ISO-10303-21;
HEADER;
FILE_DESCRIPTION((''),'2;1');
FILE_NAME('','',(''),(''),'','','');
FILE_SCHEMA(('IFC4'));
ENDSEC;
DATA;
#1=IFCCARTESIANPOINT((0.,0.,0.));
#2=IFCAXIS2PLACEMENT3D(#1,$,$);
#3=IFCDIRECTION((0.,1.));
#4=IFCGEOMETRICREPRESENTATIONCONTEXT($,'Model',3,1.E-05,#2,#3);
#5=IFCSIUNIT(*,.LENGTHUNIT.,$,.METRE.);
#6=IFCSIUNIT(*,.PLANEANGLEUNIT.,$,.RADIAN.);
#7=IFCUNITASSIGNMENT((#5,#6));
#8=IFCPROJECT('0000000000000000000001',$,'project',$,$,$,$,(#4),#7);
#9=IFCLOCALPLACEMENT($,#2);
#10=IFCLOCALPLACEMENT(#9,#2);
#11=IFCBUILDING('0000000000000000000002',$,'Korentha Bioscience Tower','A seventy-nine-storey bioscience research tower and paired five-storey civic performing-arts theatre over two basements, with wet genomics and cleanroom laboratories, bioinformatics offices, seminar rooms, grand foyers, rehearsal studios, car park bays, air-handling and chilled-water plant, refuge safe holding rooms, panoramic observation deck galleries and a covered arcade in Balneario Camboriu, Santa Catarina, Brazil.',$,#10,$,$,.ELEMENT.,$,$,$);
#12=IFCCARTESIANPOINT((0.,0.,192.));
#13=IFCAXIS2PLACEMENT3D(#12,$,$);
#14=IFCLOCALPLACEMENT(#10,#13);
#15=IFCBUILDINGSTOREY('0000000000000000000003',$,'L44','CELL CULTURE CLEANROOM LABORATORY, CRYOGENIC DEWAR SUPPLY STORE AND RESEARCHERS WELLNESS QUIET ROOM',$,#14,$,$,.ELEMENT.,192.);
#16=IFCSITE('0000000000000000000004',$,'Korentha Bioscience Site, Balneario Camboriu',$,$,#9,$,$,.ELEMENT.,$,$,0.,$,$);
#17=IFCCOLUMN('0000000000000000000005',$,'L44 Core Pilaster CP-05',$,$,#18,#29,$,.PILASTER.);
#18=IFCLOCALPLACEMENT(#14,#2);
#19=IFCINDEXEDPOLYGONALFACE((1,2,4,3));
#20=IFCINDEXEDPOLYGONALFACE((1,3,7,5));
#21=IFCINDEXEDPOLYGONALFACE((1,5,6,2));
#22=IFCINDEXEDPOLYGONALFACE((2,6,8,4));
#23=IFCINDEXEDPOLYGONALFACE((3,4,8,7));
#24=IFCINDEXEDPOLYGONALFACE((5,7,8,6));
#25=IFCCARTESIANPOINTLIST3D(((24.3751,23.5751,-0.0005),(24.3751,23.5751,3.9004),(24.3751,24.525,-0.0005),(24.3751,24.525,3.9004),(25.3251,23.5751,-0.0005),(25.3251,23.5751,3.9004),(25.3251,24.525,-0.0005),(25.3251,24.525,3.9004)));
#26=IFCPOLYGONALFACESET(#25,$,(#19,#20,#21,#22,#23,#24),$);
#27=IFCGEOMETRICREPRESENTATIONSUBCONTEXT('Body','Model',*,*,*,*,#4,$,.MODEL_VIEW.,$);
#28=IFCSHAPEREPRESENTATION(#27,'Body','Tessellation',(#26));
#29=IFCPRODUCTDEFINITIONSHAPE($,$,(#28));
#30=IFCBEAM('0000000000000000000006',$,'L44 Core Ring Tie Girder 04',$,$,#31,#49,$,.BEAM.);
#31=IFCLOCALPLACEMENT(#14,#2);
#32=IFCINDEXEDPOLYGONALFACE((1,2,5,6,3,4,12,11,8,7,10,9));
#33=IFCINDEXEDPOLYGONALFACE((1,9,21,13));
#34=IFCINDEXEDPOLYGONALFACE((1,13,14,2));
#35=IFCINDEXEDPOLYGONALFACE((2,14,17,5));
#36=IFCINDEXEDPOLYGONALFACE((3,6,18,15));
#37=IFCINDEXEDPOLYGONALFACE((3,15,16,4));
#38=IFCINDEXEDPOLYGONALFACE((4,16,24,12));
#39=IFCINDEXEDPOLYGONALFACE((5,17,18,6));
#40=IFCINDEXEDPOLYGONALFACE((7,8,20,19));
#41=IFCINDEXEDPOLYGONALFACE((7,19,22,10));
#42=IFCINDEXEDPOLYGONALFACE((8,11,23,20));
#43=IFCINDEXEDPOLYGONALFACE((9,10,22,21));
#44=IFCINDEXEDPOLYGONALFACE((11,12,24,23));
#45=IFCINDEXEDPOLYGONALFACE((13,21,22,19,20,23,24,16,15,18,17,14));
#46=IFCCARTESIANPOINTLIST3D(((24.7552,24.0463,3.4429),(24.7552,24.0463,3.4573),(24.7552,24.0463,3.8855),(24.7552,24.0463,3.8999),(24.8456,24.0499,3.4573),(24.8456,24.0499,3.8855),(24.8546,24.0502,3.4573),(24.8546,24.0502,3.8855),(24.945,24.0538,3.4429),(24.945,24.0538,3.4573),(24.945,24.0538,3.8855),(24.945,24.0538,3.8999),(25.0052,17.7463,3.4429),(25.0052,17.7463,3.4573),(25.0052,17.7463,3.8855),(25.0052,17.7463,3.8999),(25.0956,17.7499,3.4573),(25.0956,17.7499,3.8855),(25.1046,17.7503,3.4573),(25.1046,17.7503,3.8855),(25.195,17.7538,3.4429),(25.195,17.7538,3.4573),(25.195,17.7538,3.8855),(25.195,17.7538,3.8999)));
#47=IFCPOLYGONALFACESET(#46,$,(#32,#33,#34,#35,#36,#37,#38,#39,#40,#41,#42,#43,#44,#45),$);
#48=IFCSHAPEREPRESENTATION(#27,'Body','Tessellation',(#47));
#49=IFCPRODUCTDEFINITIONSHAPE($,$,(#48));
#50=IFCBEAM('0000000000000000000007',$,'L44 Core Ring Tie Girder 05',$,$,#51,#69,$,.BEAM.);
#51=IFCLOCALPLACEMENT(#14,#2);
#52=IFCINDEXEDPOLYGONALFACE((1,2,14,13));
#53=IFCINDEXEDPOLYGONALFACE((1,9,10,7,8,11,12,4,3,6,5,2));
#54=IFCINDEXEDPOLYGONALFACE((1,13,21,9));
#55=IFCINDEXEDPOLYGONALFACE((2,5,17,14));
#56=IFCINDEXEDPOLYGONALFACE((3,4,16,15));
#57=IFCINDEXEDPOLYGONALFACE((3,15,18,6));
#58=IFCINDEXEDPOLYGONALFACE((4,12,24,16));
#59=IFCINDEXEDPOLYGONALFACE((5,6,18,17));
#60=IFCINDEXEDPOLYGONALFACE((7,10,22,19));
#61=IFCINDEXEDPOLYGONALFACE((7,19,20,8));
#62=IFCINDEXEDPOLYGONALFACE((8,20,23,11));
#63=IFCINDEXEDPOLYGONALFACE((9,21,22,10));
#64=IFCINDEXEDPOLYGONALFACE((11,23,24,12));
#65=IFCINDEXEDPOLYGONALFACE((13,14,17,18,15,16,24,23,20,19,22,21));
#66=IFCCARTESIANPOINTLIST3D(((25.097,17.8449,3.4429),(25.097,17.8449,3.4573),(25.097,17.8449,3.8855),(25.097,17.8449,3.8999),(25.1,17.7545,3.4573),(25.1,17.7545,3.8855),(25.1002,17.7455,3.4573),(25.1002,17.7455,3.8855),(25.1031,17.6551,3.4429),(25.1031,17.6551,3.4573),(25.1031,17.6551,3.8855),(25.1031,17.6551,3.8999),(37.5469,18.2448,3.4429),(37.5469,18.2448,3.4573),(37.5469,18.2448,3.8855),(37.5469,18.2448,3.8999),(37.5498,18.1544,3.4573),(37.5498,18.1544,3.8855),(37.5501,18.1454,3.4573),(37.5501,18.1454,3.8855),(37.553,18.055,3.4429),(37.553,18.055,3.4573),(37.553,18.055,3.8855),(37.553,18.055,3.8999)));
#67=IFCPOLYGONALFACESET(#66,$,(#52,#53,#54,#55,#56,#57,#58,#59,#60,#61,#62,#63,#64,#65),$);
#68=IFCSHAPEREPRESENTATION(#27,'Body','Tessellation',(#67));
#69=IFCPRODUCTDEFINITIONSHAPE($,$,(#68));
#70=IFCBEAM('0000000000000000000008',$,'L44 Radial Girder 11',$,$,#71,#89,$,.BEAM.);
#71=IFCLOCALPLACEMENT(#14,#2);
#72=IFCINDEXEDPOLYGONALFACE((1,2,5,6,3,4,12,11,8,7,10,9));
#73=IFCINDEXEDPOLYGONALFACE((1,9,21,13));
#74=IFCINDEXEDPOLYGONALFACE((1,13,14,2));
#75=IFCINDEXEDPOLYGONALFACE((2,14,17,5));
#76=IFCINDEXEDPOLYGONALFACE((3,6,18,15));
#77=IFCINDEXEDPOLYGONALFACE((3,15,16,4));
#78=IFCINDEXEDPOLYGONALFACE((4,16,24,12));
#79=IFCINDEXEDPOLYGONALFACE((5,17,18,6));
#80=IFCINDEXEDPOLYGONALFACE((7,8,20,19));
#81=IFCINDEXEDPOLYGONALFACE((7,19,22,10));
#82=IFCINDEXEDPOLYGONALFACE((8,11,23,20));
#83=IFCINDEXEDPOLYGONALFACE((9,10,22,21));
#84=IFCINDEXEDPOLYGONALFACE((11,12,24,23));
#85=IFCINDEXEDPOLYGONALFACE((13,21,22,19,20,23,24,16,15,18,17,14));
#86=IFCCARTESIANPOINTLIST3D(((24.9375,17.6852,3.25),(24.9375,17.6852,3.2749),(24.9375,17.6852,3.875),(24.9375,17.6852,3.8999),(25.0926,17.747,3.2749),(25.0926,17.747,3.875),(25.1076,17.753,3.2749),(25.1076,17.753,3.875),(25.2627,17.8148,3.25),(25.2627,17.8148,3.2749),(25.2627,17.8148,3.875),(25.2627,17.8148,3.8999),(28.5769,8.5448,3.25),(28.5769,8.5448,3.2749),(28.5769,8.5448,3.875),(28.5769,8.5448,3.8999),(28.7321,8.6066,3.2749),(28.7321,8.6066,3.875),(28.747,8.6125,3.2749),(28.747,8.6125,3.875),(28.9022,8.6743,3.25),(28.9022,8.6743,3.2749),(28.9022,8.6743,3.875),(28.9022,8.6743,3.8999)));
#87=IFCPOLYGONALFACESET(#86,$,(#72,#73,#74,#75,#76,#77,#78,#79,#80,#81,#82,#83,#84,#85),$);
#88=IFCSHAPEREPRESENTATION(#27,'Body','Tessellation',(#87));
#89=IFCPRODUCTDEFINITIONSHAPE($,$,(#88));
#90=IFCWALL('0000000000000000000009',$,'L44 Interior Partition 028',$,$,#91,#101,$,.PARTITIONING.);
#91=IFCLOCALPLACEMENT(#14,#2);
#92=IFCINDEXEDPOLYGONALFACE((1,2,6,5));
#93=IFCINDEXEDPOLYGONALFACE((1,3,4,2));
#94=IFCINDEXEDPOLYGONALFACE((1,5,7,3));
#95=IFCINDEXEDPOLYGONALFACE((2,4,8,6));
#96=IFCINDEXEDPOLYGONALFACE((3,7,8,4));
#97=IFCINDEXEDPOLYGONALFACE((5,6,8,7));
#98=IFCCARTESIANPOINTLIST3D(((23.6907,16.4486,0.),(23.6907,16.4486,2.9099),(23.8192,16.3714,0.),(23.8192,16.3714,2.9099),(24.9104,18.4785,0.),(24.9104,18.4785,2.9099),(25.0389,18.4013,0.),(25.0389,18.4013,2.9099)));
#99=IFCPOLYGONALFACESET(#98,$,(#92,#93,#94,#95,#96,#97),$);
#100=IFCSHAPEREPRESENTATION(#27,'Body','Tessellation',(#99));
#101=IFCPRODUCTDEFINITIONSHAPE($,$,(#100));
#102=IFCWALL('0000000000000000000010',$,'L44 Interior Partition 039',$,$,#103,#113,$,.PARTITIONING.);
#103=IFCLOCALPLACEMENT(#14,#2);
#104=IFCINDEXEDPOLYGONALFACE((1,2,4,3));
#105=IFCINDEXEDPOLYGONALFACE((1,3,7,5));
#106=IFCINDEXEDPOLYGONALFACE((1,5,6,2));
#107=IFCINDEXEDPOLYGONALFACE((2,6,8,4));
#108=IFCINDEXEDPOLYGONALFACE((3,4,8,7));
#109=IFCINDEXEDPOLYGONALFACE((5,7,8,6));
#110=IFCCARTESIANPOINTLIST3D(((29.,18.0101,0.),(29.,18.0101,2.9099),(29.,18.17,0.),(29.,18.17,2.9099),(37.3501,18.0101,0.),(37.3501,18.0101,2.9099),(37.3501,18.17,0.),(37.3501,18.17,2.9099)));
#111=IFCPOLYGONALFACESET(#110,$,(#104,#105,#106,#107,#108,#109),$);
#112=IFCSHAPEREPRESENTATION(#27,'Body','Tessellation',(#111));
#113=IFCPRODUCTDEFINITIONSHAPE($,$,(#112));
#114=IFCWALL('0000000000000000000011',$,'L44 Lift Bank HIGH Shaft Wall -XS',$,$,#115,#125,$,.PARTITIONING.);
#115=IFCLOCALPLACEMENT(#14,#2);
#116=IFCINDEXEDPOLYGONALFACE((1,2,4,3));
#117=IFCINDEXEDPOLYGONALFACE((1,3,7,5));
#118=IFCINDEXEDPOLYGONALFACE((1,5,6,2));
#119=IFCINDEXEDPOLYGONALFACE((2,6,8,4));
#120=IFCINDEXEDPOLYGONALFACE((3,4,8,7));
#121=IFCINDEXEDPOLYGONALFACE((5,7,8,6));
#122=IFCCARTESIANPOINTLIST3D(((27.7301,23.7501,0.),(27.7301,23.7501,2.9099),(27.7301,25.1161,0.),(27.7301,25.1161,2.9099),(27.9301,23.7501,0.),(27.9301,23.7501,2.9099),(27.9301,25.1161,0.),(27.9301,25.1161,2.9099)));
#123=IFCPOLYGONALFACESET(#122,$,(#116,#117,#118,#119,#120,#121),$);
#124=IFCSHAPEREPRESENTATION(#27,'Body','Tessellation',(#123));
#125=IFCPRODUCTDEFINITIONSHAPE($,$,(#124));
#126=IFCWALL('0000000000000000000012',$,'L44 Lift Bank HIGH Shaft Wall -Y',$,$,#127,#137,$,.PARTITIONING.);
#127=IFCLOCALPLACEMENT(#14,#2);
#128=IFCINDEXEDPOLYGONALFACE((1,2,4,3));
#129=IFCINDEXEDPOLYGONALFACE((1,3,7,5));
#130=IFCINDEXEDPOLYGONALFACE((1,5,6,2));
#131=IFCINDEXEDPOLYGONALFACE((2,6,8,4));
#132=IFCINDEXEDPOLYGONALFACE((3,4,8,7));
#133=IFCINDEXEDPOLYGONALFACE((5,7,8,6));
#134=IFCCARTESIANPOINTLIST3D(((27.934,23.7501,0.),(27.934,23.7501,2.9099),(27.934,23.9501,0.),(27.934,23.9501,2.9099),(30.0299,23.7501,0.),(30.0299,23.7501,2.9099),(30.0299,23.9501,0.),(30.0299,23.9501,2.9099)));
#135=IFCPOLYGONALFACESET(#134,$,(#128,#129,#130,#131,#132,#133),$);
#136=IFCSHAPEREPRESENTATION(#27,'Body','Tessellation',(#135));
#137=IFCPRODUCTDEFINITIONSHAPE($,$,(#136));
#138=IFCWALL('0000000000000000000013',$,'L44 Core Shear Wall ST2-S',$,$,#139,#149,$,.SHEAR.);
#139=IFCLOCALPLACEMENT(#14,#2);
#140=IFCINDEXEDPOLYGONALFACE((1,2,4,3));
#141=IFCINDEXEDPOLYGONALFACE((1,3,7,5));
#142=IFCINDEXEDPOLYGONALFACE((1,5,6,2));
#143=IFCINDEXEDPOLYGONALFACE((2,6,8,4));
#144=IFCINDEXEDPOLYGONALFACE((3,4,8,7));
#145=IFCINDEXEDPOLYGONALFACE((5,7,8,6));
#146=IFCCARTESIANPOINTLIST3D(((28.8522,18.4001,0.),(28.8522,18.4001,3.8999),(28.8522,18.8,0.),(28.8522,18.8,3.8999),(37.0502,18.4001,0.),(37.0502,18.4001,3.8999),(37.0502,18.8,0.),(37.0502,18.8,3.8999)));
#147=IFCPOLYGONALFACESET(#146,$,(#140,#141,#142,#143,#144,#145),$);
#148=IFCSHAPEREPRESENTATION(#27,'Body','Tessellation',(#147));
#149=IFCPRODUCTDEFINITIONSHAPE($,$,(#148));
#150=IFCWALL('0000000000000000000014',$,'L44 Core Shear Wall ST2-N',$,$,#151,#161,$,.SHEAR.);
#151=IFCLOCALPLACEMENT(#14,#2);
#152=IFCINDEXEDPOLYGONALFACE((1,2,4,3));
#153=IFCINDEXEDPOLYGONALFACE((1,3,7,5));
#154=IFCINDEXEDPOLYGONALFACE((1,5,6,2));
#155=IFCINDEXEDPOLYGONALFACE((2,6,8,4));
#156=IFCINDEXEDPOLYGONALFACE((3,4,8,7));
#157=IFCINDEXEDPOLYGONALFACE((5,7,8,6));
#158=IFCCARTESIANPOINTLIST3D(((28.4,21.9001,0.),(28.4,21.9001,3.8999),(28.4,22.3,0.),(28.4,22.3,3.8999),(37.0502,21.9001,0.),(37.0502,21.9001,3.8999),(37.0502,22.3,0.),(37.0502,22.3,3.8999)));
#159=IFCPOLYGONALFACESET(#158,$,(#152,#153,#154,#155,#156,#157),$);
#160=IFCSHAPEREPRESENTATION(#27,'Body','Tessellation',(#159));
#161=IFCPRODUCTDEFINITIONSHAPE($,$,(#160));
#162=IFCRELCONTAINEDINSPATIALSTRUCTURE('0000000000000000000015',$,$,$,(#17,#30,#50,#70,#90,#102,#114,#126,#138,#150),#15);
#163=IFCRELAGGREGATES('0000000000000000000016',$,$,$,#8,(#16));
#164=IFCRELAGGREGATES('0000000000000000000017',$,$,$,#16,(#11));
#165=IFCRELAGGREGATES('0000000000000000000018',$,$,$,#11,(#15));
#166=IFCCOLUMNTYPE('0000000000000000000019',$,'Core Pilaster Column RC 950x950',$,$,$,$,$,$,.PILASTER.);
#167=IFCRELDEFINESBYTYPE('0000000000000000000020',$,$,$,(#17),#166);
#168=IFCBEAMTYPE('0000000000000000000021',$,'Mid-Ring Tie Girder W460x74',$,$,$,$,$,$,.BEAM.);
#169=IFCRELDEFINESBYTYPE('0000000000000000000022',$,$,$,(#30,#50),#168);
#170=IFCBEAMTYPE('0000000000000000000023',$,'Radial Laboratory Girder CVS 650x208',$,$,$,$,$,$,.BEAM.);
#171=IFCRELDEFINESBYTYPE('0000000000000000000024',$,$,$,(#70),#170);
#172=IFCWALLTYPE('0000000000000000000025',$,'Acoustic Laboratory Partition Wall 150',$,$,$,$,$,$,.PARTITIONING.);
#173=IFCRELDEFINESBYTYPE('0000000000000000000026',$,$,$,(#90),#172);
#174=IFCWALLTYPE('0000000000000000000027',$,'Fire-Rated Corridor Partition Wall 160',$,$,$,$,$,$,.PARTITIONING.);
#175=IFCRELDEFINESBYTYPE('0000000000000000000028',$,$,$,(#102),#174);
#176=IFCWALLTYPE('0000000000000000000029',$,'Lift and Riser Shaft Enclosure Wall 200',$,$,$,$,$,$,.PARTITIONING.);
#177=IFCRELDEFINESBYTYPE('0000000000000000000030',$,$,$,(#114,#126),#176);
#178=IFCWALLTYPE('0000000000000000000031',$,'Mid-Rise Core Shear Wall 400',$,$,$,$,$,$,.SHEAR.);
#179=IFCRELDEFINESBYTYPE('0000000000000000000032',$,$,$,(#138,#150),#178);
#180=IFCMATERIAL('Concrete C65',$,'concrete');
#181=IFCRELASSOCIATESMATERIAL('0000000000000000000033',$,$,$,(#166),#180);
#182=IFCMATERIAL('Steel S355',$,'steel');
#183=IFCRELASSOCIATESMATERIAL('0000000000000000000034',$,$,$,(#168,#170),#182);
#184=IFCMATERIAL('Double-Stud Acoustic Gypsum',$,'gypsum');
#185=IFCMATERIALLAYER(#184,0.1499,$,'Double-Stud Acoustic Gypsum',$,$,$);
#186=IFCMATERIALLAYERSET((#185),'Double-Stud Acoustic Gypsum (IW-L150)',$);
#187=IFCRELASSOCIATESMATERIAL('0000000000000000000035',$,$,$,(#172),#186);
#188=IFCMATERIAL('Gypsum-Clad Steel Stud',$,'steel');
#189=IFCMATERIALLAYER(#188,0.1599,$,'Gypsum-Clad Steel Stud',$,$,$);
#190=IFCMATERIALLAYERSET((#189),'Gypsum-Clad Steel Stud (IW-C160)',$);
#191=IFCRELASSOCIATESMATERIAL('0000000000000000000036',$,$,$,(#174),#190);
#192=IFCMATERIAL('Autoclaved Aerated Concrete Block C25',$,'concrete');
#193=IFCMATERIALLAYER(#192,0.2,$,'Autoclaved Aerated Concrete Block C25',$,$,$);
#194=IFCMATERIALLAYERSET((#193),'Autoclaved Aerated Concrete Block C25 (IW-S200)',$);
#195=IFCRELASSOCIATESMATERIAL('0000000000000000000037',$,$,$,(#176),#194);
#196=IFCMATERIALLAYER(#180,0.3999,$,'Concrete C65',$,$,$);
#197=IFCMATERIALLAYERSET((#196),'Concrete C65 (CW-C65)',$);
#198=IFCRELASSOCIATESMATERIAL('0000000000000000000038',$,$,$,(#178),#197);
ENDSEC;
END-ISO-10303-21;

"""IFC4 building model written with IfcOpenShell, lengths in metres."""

from ifc_helpers import new_model, si_unit, direction, frame, frame_2d, origin, origin_2d, place, context, subcontext, project, spatial, rectangle, i_section, extrude, material, layer, layer_set, material_profile, profile_set, type_object, element, save


model = new_model("IFC4")

# Units and contexts
model_context = context("Model", 3, precision=1e-05, world=origin(), true_north=direction((0.0, 1.0)))
body_context = subcontext(model_context, "Body", "Model", "MODEL_VIEW")
ifc_project = project(units=[si_unit("LENGTHUNIT", "METRE"), si_unit("PLANEANGLEUNIT", "RADIAN")], contexts=[model_context])

# Site, building, storey
site_placement = place(None, origin())
site = spatial("IfcSite", under=ifc_project, at=site_placement, Name="Korentha Bioscience Site, Balneario Camboriu", CompositionType="ELEMENT", RefElevation=0.0)
building_placement = place(site_placement, origin())
building = spatial("IfcBuilding", under=site, at=building_placement, Name="Korentha Bioscience Tower", Description="A seventy-nine-storey bioscience research tower and paired five-storey civic performing-arts theatre over two basements, with wet genomics and cleanroom laboratories, bioinformatics offices, seminar rooms, grand foyers, rehearsal studios, car park bays, air-handling and chilled-water plant, refuge safe holding rooms, panoramic observation deck galleries and a covered arcade in Balneario Camboriu, Santa Catarina, Brazil.", CompositionType="ELEMENT")
storey_placement = place(building_placement, frame((0.0, 0.0, 192.0)))
storey = spatial("IfcBuildingStorey", under=building, at=storey_placement, Name="L44", Description="CELL CULTURE CLEANROOM LABORATORY, CRYOGENIC DEWAR SUPPLY STORE AND RESEARCHERS WELLNESS QUIET ROOM", CompositionType="ELEMENT", Elevation=192.0)

# Column
ifc_material_1 = material(Name="Concrete C65", Category="concrete")
ifc_material_profile_1 = material_profile(ifc_material_1, rectangle(XDim=0.95, YDim=0.95, at=origin_2d()), Name="Concrete C65")
ifc_profile_set_1 = profile_set([ifc_material_profile_1], Name="Concrete C65 (COL-CP09)")
column_type = type_object("IfcColumnType", Name="Core Pilaster Column RC 950x950", PredefinedType="PILASTER", material=ifc_profile_set_1)
column_placement = place(storey_placement, frame((24.8501, 24.05, -0.0005), z_axis=(0.0, 0.0, 1.0), x_axis=(1.0, 0.0, 0.0)))
element("IfcColumn", 1, at=column_placement, inside=storey, type_object=column_type, Name="L44 Core Pilaster CP-05", PredefinedType="PILASTER", context=body_context, shape_type="SweptSolid", body=[
    extrude(rectangle(XDim=0.95, YDim=0.95, at=origin_2d()), origin(), (0.0, 0.0, 1.0), 3.9009),
])

# Beams
ifc_material_2 = material(Name="Steel S355", Category="steel")
ifc_material_profile_2 = material_profile(ifc_material_2, i_section(OverallWidth=0.1899, OverallDepth=0.457, WebThickness=0.009, FlangeThickness=0.0144, at=origin_2d()), Name="Steel S355")
ifc_profile_set_2 = profile_set([ifc_material_profile_2], Name="Steel S355 (MB-460)")
beam_type_1 = type_object("IfcBeamType", Name="Mid-Ring Tie Girder W460x74", PredefinedType="BEAM", material=ifc_profile_set_2)
beam_1_placement = place(storey_placement, frame((24.8501, 24.05, 3.6714), z_axis=(0.039651, -0.999214, 0.0), x_axis=(0.999214, 0.039651, 0.0)))
element("IfcBeam", 2, at=beam_1_placement, inside=storey, type_object=beam_type_1, Name="L44 Core Ring Tie Girder 04", PredefinedType="BEAM", context=body_context, shape_type="SweptSolid", body=[
    extrude(i_section(OverallWidth=0.1899, OverallDepth=0.457, WebThickness=0.009, FlangeThickness=0.0144, at=origin_2d()), origin(), (0.0, 0.0, 1.0), 6.3049),
])
beam_2_placement = place(storey_placement, frame((25.1001, 17.75, 3.6714), z_axis=(0.999485, 0.032104, 0.0), x_axis=(-0.032104, 0.999485, 0.0)))
element("IfcBeam", 3, at=beam_2_placement, inside=storey, type_object=beam_type_1, Name="L44 Core Ring Tie Girder 05", PredefinedType="BEAM", context=body_context, shape_type="SweptSolid", body=[
    extrude(i_section(OverallWidth=0.1899, OverallDepth=0.457, WebThickness=0.009, FlangeThickness=0.0144, at=origin_2d()), origin(), (0.0, 0.0, 1.0), 12.4563),
])
ifc_material_profile_3 = material_profile(ifc_material_2, i_section(OverallWidth=0.3501, OverallDepth=0.6499, WebThickness=0.0161, FlangeThickness=0.0249, at=origin_2d()), Name="Steel S355")
ifc_profile_set_3 = profile_set([ifc_material_profile_3], Name="Steel S355 (RB-650)")
beam_type_2 = type_object("IfcBeamType", Name="Radial Laboratory Girder CVS 650x208", PredefinedType="BEAM", material=ifc_profile_set_3)
beam_3_placement = place(storey_placement, frame((25.1001, 17.75, 3.575), z_axis=(0.369923, -0.929063, 0.0), x_axis=(0.929063, 0.369923, 0.0)))
element("IfcBeam", 4, at=beam_3_placement, inside=storey, type_object=beam_type_2, Name="L44 Radial Girder 11", PredefinedType="BEAM", context=body_context, shape_type="SweptSolid", body=[
    extrude(i_section(OverallWidth=0.3501, OverallDepth=0.6499, WebThickness=0.0161, FlangeThickness=0.0249, at=origin_2d()), origin(), (0.0, 0.0, 1.0), 9.8384),
])

# Walls
ifc_material_3 = material(Name="Double-Stud Acoustic Gypsum", Category="gypsum")
ifc_layer_1 = layer(ifc_material_3, 0.1499, Name="Double-Stud Acoustic Gypsum")
ifc_layer_set_1 = layer_set([ifc_layer_1], Name="Double-Stud Acoustic Gypsum (IW-L150)")
wall_type_1 = type_object("IfcWallType", Name="Acoustic Laboratory Partition Wall 150", PredefinedType="PARTITIONING", material=ifc_layer_set_1)
wall_1_placement = place(storey_placement, frame((24.9746, 18.4399, 0.0), z_axis=(0.0, 0.0, 1.0), x_axis=(-0.515026, -0.857174, 0.0)))
element("IfcWall", 5, at=wall_1_placement, inside=storey, type_object=wall_type_1, Name="L44 Interior Partition 028", PredefinedType="PARTITIONING", context=body_context, shape_type="SweptSolid", body=[
    extrude(rectangle(XDim=2.3682, YDim=0.1499, at=frame_2d((1.1841, 0.0))), origin(), (0.0, 0.0, 1.0), 2.9099),
])
ifc_material_4 = material(Name="Gypsum-Clad Steel Stud", Category="steel")
ifc_layer_2 = layer(ifc_material_4, 0.1599, Name="Gypsum-Clad Steel Stud")
ifc_layer_set_2 = layer_set([ifc_layer_2], Name="Gypsum-Clad Steel Stud (IW-C160)")
wall_type_2 = type_object("IfcWallType", Name="Fire-Rated Corridor Partition Wall 160", PredefinedType="PARTITIONING", material=ifc_layer_set_2)
wall_2_placement = place(storey_placement, frame((29.0, 18.0901, 0.0), z_axis=(0.0, 0.0, 1.0), x_axis=(1.0, 0.0, 0.0)))
element("IfcWall", 6, at=wall_2_placement, inside=storey, type_object=wall_type_2, Name="L44 Interior Partition 039", PredefinedType="PARTITIONING", context=body_context, shape_type="SweptSolid", body=[
    extrude(rectangle(XDim=8.3501, YDim=0.1599, at=frame_2d((4.175, 0.0))), origin(), (0.0, 0.0, 1.0), 2.9099),
])
ifc_material_5 = material(Name="Autoclaved Aerated Concrete Block C25", Category="concrete")
ifc_layer_3 = layer(ifc_material_5, 0.2, Name="Autoclaved Aerated Concrete Block C25")
ifc_layer_set_3 = layer_set([ifc_layer_3], Name="Autoclaved Aerated Concrete Block C25 (IW-S200)")
wall_type_3 = type_object("IfcWallType", Name="Lift and Riser Shaft Enclosure Wall 200", PredefinedType="PARTITIONING", material=ifc_layer_set_3)
wall_3_placement = place(storey_placement, frame((27.8301, 23.75, 0.0), z_axis=(0.0, 0.0, 1.0), x_axis=(0.0, 1.0, 0.0)))
element("IfcWall", 7, at=wall_3_placement, inside=storey, type_object=wall_type_3, Name="L44 Lift Bank HIGH Shaft Wall -XS", PredefinedType="PARTITIONING", context=body_context, shape_type="SweptSolid", body=[
    extrude(rectangle(XDim=1.366, YDim=0.2, at=frame_2d((0.6831, 0.0))), origin(), (0.0, 0.0, 1.0), 2.9099),
])
wall_4_placement = place(storey_placement, frame((27.9341, 23.8501, 0.0), z_axis=(0.0, 0.0, 1.0), x_axis=(1.0, 0.0, 0.0)))
element("IfcWall", 8, at=wall_4_placement, inside=storey, type_object=wall_type_3, Name="L44 Lift Bank HIGH Shaft Wall -Y", PredefinedType="PARTITIONING", context=body_context, shape_type="SweptSolid", body=[
    extrude(rectangle(XDim=2.0959, YDim=0.2, at=frame_2d((1.0479, 0.0))), origin(), (0.0, 0.0, 1.0), 2.9099),
])
ifc_layer_4 = layer(ifc_material_1, 0.3999, Name="Concrete C65")
ifc_layer_set_4 = layer_set([ifc_layer_4], Name="Concrete C65 (CW-C65)")
wall_type_4 = type_object("IfcWallType", Name="Mid-Rise Core Shear Wall 400", PredefinedType="SHEAR", material=ifc_layer_set_4)
wall_5_placement = place(storey_placement, frame((28.8521, 18.6001, 0.0), z_axis=(0.0, 0.0, 1.0), x_axis=(1.0, 0.0, 0.0)))
element("IfcWall", 9, at=wall_5_placement, inside=storey, type_object=wall_type_4, Name="L44 Core Shear Wall ST2-S", PredefinedType="SHEAR", context=body_context, shape_type="SweptSolid", body=[
    extrude(rectangle(XDim=8.198, YDim=0.3999, at=frame_2d((4.0991, 0.0))), origin(), (0.0, 0.0, 1.0), 3.8999),
])
wall_6_placement = place(storey_placement, frame((28.3999, 22.1001, 0.0), z_axis=(0.0, 0.0, 1.0), x_axis=(1.0, 0.0, 0.0)))
element("IfcWall", 10, at=wall_6_placement, inside=storey, type_object=wall_type_4, Name="L44 Core Shear Wall ST2-N", PredefinedType="SHEAR", context=body_context, shape_type="SweptSolid", body=[
    extrude(rectangle(XDim=8.6501, YDim=0.3999, at=frame_2d((4.3252, 0.0))), origin(), (0.0, 0.0, 1.0), 3.8999),
])

save(model, "model.ifc")
